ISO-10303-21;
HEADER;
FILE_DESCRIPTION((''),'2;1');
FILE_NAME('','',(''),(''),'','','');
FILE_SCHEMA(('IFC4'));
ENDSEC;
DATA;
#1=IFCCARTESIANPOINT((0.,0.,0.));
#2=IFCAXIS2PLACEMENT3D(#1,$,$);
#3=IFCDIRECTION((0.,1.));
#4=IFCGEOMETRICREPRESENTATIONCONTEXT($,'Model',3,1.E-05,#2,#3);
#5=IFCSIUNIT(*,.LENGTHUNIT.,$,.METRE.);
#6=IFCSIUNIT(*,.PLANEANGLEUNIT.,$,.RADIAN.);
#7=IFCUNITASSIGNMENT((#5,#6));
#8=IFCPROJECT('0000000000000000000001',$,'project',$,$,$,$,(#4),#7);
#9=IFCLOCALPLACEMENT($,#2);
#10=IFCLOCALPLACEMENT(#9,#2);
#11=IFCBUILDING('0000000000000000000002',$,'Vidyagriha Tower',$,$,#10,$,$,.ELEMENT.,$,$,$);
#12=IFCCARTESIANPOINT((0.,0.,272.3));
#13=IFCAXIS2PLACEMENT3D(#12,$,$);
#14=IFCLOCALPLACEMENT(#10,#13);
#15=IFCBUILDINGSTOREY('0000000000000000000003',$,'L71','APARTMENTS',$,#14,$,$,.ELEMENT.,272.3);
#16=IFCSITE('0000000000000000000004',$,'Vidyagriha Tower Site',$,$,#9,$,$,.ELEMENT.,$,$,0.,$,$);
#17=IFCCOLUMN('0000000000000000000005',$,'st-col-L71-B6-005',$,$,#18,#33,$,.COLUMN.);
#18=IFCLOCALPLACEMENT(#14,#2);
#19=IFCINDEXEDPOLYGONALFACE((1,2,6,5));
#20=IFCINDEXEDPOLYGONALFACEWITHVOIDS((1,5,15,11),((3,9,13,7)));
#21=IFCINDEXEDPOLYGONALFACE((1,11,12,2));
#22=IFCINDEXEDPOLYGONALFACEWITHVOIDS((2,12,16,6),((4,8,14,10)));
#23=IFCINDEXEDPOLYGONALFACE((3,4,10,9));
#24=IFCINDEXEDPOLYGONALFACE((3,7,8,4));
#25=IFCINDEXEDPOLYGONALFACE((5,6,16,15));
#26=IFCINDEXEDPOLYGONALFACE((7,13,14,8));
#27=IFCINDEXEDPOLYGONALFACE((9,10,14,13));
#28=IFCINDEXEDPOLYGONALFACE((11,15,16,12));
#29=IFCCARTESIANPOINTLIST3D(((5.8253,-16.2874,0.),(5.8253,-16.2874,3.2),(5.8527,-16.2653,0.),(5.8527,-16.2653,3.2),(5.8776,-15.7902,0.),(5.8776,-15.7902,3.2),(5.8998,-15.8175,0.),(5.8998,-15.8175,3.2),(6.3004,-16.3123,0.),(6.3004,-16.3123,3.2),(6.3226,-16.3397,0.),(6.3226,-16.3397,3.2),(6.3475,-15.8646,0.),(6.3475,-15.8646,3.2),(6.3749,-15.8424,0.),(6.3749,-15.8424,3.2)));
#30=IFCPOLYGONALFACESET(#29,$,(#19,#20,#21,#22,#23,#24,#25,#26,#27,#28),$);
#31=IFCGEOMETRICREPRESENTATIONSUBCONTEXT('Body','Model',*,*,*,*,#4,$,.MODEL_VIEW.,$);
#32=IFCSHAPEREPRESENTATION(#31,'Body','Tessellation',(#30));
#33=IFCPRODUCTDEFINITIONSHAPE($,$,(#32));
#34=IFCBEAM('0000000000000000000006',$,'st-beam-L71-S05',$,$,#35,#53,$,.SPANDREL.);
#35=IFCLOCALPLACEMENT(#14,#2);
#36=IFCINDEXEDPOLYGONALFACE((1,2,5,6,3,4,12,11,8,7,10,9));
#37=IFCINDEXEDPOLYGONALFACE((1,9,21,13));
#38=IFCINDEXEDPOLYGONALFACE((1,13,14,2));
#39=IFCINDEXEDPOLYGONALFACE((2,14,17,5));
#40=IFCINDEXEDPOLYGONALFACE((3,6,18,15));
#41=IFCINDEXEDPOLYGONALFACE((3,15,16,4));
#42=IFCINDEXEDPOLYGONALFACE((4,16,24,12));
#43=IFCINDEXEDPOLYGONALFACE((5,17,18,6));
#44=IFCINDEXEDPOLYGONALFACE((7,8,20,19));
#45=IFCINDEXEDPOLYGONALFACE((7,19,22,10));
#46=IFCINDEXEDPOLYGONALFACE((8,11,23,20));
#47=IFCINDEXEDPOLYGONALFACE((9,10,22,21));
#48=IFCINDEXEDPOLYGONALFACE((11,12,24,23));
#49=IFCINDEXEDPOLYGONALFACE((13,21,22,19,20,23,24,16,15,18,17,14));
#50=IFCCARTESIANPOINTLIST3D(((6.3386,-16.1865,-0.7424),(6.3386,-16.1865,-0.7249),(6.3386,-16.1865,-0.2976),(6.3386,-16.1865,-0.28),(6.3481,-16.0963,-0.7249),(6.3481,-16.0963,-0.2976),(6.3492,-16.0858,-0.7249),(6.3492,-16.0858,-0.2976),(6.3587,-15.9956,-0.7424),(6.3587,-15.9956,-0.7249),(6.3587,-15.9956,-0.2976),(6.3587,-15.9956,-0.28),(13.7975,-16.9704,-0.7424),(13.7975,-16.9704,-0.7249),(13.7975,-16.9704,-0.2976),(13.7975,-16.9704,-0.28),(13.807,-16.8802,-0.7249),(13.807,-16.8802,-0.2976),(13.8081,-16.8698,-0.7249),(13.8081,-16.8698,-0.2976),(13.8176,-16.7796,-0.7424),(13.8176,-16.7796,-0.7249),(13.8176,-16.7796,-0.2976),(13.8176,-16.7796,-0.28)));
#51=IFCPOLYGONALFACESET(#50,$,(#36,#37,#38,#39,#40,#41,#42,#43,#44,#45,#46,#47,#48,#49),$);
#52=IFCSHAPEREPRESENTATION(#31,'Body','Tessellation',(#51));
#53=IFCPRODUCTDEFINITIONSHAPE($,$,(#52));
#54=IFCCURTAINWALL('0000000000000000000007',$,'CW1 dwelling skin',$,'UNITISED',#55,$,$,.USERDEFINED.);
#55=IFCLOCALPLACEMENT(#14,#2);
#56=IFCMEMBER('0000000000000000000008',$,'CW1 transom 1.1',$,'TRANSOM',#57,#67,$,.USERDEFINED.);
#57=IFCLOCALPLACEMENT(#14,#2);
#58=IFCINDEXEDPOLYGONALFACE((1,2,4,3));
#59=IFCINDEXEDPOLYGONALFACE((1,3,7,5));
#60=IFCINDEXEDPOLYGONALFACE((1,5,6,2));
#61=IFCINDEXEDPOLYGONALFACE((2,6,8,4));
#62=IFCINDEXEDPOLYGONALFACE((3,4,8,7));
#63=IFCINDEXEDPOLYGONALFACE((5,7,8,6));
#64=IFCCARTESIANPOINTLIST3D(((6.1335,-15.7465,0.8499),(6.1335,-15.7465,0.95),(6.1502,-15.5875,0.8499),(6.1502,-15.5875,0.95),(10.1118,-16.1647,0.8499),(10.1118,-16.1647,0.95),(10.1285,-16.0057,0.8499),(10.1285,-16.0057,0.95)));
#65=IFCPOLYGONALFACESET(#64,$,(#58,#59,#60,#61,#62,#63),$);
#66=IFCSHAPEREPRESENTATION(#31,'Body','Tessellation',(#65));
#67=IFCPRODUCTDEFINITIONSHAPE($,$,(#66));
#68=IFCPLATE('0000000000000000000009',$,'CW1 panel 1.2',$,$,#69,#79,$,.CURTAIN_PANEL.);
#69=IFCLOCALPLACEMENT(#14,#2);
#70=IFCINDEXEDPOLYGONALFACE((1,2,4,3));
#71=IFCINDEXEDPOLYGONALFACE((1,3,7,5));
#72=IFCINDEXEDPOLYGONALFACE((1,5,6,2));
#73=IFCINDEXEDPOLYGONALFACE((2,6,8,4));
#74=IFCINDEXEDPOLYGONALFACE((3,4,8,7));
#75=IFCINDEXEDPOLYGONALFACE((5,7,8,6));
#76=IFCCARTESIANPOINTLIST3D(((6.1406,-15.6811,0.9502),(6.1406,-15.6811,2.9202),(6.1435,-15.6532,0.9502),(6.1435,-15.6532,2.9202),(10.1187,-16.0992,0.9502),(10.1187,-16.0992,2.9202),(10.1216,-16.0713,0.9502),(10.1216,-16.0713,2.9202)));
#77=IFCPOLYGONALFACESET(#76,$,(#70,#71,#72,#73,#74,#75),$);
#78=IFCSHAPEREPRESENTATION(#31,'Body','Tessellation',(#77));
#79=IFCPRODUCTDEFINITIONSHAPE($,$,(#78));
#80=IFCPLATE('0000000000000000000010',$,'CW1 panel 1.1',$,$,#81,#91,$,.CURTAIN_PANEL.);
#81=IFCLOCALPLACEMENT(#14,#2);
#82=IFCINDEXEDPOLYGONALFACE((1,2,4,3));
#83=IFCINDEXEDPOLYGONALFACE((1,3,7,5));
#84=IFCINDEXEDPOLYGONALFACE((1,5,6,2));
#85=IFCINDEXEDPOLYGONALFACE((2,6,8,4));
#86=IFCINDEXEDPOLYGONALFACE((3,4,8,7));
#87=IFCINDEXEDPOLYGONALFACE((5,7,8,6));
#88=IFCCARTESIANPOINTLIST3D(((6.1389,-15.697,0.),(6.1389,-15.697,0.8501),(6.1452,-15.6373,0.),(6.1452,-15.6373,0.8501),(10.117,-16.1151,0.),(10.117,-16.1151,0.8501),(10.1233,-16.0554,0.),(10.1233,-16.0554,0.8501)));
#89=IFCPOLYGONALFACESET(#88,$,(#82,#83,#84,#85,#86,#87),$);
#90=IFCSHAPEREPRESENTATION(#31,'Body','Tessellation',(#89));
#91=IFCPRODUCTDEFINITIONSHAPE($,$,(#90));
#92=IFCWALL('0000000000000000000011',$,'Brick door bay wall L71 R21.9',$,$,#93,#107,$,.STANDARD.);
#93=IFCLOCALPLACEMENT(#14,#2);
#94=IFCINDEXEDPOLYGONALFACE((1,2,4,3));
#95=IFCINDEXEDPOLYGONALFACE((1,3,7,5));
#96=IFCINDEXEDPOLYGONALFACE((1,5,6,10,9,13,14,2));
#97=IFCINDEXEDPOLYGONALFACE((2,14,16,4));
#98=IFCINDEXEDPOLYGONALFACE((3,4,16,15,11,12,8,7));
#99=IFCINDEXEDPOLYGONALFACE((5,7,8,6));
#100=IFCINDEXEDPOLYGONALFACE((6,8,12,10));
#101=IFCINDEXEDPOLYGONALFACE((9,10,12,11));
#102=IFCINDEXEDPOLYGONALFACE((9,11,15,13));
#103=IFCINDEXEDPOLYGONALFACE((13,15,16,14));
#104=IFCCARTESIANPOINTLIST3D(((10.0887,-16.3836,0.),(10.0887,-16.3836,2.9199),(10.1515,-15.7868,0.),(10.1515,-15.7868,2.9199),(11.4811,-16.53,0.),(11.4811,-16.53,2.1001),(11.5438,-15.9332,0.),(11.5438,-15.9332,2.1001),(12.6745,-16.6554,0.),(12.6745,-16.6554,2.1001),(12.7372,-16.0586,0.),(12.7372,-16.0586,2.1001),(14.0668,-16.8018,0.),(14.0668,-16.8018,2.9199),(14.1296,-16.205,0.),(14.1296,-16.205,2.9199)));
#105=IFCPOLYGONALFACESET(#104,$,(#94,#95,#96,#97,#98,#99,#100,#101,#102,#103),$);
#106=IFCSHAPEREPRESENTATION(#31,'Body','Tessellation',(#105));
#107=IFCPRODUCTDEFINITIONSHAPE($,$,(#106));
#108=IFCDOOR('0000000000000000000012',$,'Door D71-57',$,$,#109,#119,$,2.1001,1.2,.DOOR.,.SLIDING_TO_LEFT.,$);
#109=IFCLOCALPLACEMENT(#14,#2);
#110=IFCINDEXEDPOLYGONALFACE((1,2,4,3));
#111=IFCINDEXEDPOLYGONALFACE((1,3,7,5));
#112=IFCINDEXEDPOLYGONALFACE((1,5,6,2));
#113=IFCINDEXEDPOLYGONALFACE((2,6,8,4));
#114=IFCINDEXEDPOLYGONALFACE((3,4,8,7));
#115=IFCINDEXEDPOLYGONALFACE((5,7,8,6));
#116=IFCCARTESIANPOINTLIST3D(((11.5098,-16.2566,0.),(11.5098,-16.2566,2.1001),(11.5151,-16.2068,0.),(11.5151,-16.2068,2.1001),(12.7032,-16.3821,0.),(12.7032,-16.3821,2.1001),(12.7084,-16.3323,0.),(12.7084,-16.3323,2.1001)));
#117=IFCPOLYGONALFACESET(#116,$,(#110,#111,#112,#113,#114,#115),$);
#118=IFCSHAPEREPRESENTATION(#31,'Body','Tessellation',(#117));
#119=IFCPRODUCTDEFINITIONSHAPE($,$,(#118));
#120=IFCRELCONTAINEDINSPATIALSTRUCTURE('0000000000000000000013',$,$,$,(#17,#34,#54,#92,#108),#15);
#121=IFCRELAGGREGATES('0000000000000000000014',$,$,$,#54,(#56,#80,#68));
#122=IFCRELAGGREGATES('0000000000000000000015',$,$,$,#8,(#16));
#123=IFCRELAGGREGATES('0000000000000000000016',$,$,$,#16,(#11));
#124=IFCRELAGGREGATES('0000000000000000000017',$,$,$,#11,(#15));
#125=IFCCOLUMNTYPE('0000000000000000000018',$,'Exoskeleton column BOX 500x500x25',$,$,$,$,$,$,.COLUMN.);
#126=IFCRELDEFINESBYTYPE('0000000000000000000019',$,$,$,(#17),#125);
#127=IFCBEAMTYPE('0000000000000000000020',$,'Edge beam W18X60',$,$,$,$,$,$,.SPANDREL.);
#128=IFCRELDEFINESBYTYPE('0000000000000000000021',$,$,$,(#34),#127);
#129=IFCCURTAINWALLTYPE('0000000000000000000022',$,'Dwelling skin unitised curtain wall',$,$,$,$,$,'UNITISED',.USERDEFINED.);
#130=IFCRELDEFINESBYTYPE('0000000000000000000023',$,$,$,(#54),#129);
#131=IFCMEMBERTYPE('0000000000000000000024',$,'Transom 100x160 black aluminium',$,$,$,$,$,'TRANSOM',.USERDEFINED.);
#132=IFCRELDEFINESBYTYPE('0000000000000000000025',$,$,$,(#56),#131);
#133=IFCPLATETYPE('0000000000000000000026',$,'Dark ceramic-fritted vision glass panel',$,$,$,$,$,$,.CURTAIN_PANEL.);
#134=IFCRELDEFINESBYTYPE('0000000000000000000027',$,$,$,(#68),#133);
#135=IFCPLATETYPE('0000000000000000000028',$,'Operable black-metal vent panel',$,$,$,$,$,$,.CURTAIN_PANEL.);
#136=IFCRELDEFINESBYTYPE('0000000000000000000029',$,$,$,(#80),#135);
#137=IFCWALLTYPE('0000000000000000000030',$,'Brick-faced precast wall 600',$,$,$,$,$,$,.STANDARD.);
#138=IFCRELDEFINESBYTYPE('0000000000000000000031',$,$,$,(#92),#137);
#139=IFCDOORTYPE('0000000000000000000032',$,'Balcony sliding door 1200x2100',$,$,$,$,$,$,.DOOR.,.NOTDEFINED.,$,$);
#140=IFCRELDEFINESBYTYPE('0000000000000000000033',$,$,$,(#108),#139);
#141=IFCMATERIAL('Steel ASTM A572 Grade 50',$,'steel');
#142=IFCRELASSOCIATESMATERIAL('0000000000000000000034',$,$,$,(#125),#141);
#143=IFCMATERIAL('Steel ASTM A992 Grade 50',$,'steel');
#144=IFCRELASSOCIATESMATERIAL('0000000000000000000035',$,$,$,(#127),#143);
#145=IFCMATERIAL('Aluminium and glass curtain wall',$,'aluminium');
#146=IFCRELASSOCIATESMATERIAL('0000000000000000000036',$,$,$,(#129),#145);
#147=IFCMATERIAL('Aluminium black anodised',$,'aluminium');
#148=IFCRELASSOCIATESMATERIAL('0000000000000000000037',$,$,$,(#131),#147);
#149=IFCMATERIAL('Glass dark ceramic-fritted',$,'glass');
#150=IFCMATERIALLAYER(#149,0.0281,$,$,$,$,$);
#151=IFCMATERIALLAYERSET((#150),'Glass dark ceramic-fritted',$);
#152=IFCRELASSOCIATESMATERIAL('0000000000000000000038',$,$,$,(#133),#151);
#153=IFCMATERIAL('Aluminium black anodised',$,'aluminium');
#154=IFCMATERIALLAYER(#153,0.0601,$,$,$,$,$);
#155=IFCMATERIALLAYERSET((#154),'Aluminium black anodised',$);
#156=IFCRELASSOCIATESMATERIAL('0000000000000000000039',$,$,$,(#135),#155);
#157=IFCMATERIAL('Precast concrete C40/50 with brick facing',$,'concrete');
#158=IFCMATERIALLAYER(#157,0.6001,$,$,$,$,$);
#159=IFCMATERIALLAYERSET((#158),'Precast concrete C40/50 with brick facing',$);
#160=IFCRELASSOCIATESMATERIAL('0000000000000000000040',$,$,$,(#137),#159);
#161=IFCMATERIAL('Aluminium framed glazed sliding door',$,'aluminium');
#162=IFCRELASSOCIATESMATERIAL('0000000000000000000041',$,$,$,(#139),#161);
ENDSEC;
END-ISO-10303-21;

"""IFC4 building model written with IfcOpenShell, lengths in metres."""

from ifc_helpers import new_model, si_unit, direction, frame, frame_2d, origin, origin_2d, place, context, subcontext, project, spatial, rectangle, hollow_rectangle, i_section, extrude, material, layer, layer_set, material_profile, profile_set, type_object, element, fill, aggregate, save


model = new_model("IFC4")

# Units and contexts
model_context = context("Model", 3, precision=1e-05, world=origin(), true_north=direction((0.0, 1.0)))
body_context = subcontext(model_context, "Body", "Model", "MODEL_VIEW")
ifc_project = project(units=[si_unit("LENGTHUNIT", "METRE"), si_unit("PLANEANGLEUNIT", "RADIAN")], contexts=[model_context])

# Site, building, storey
site_placement = place(None, origin())
site = spatial("IfcSite", under=ifc_project, at=site_placement, Name="Vidyagriha Tower Site", CompositionType="ELEMENT", RefElevation=0.0)
building_placement = place(site_placement, origin())
building = spatial("IfcBuilding", under=site, at=building_placement, Name="Vidyagriha Tower", CompositionType="ELEMENT")
storey_placement = place(building_placement, frame((0.0, 0.0, 272.3)))
storey = spatial("IfcBuildingStorey", under=building, at=storey_placement, Name="L71", Description="APARTMENTS", CompositionType="ELEMENT", Elevation=272.3)

# Column
ifc_material_1 = material(Name="Steel ASTM A572 Grade 50", Category="steel")
ifc_material_profile_1 = material_profile(ifc_material_1, hollow_rectangle(XDim=0.5, YDim=0.5, WallThickness=0.0249, at=origin_2d()), Name="BOX 500x500x25")
ifc_profile_set_1 = profile_set([ifc_material_profile_1], Name="Steel ASTM A572 Grade 50")
column_type = type_object("IfcColumnType", Name="Exoskeleton column BOX 500x500x25", PredefinedType="COLUMN", material=ifc_profile_set_1)
column_placement = place(storey_placement, frame((6.1001, -16.0649, 0.0), z_axis=(0.0, 0.0, 1.0), x_axis=(0.994522, -0.104528, 0.0)))
element("IfcColumn", 1, at=column_placement, inside=storey, type_object=column_type, Name="st-col-L71-B6-005", PredefinedType="COLUMN", context=body_context, shape_type="SweptSolid", body=[
    extrude(hollow_rectangle(XDim=0.5, YDim=0.5, WallThickness=0.0249, at=origin_2d()), origin(), (0.0, 0.0, 1.0), 3.2),
])

# Beam
ifc_material_2 = material(Name="Steel ASTM A992 Grade 50", Category="steel")
ifc_material_profile_2 = material_profile(ifc_material_2, i_section(OverallWidth=0.1919, OverallDepth=0.4624, WebThickness=0.0105, FlangeThickness=0.0176, at=origin_2d()), Name="W18X60")
ifc_profile_set_2 = profile_set([ifc_material_profile_2], Name="Steel ASTM A992 Grade 50")
beam_type = type_object("IfcBeamType", Name="Edge beam W18X60", PredefinedType="SPANDREL", material=ifc_profile_set_2)
beam_placement = place(storey_placement, frame((6.3486, -16.0911, -0.5112), z_axis=(0.994522, -0.104524, 0.0), x_axis=(0.104524, 0.994522, 0.0)))
element("IfcBeam", 2, at=beam_placement, inside=storey, type_object=beam_type, Name="st-beam-L71-S05", PredefinedType="SPANDREL", context=body_context, shape_type="SweptSolid", body=[
    extrude(i_section(OverallWidth=0.1919, OverallDepth=0.4624, WebThickness=0.0105, FlangeThickness=0.0176, at=origin_2d()), origin(), (0.0, 0.0, 1.0), 7.5),
])

# Curtain wall, member, plates
ifc_material_3 = material(Name="Aluminium and glass curtain wall", Category="aluminium")
curtain_wall_type = type_object("IfcCurtainWallType", Name="Dwelling skin unitised curtain wall", ElementType="UNITISED", PredefinedType="USERDEFINED", material=ifc_material_3)
curtain_wall_placement = place(storey_placement, origin())
curtain_wall = element("IfcCurtainWall", 3, at=curtain_wall_placement, inside=storey, type_object=curtain_wall_type, Name="CW1 dwelling skin", ObjectType="UNITISED", PredefinedType="USERDEFINED")
ifc_material_4 = material(Name="Aluminium black anodised", Category="aluminium")
ifc_material_profile_3 = material_profile(ifc_material_4, rectangle(XDim=0.1599, YDim=0.1001, at=origin_2d()), Name="Transom 100x160 black aluminium")
ifc_profile_set_3 = profile_set([ifc_material_profile_3], Name="Aluminium black anodised")
member_type = type_object("IfcMemberType", Name="Transom 100x160 black aluminium", ElementType="TRANSOM", PredefinedType="USERDEFINED", material=ifc_profile_set_3)
member_placement = place(storey_placement, frame((6.1418, -15.667, 0.8999), z_axis=(0.99452, -0.104548, 0.0), x_axis=(0.104548, 0.99452, 0.0)))
member = element("IfcMember", 4, at=member_placement, type_object=member_type, Name="CW1 transom 1.1", ObjectType="TRANSOM", PredefinedType="USERDEFINED", context=body_context, shape_type="SweptSolid", body=[
    extrude(rectangle(XDim=0.1599, YDim=0.1001, at=origin_2d()), origin(), (0.0, 0.0, 1.0), 4.0002),
])
ifc_material_5 = material(Name="Glass dark ceramic-fritted", Category="glass")
ifc_layer_1 = layer(ifc_material_5, 0.0281)
ifc_layer_set_1 = layer_set([ifc_layer_1], Name="Glass dark ceramic-fritted")
plate_type_1 = type_object("IfcPlateType", Name="Dark ceramic-fritted vision glass panel", PredefinedType="CURTAIN_PANEL", material=ifc_layer_set_1)
plate_1_placement = place(storey_placement, frame((8.1311, -15.8762, 0.9502), z_axis=(0.0, 0.0, 1.0), x_axis=(0.994522, -0.104525, 0.0)))
plate_1 = element("IfcPlate", 5, at=plate_1_placement, type_object=plate_type_1, Name="CW1 panel 1.2", PredefinedType="CURTAIN_PANEL", context=body_context, shape_type="SweptSolid", body=[
    extrude(rectangle(XDim=4.0, YDim=0.0281, at=origin_2d()), origin(), (0.0, 0.0, 1.0), 1.97),
])
ifc_material_6 = material(Name="Aluminium black anodised", Category="aluminium")
ifc_layer_2 = layer(ifc_material_6, 0.0601)
ifc_layer_set_2 = layer_set([ifc_layer_2], Name="Aluminium black anodised")
plate_type_2 = type_object("IfcPlateType", Name="Operable black-metal vent panel", PredefinedType="CURTAIN_PANEL", material=ifc_layer_set_2)
plate_2_placement = place(storey_placement, frame((8.1311, -15.8762, 0.0), z_axis=(0.0, 0.0, 1.0), x_axis=(0.994522, -0.104525, 0.0)))
plate_2 = element("IfcPlate", 6, at=plate_2_placement, type_object=plate_type_2, Name="CW1 panel 1.1", PredefinedType="CURTAIN_PANEL", context=body_context, shape_type="SweptSolid", body=[
    extrude(rectangle(XDim=4.0, YDim=0.0601, at=origin_2d()), origin(), (0.0, 0.0, 1.0), 0.8501),
])
aggregate(curtain_wall, [member, plate_2, plate_1])

# Wall, opening, door
ifc_material_7 = material(Name="Precast concrete C40/50 with brick facing", Category="concrete")
ifc_layer_3 = layer(ifc_material_7, 0.6001)
ifc_layer_set_3 = layer_set([ifc_layer_3], Name="Precast concrete C40/50 with brick facing")
wall_type = type_object("IfcWallType", Name="Brick-faced precast wall 600", PredefinedType="STANDARD", material=ifc_layer_set_3)
wall_placement = place(storey_placement, frame((10.1201, -16.0852, 0.0), z_axis=(0.0, 0.0, 1.0), x_axis=(0.994519, -0.104555, 0.0)))
wall = element("IfcWall", 7, at=wall_placement, inside=storey, type_object=wall_type, Name="Brick door bay wall L71 R21.9", PredefinedType="STANDARD", context=body_context, shape_type="SweptSolid", body=[
    extrude(rectangle(XDim=4.0, YDim=0.6001, at=frame_2d((2.0, 0.0))), origin(), (0.0, 0.0, 1.0), 2.9199),
])
opening_placement = place(wall_placement, frame((1.3999, 0.0, 0.0)))
opening = element("IfcOpeningElement", 8, at=opening_placement, cuts=wall, PredefinedType="OPENING", context=body_context, shape_type="SweptSolid", body=[
    extrude(rectangle(XDim=1.2, YDim=2.1001, at=frame_2d((0.6001, 1.05))), frame((0.0, 0.3101, 0.0), z_axis=(0.0, -1.0, 0.0), x_axis=(1.0, 0.0, 0.0)), (0.0, 0.0, 1.0), 0.6201),
])
ifc_material_8 = material(Name="Aluminium framed glazed sliding door", Category="aluminium")
door_type = type_object("IfcDoorType", Name="Balcony sliding door 1200x2100", OperationType="NOTDEFINED", PredefinedType="DOOR", material=ifc_material_8)
door_placement = place(opening_placement, origin())
door = element("IfcDoor", 9, at=door_placement, inside=storey, type_object=door_type, Name="Door D71-57", OperationType="SLIDING_TO_LEFT", OverallHeight=2.1001, OverallWidth=1.2, PredefinedType="DOOR", context=body_context, shape_type="SweptSolid", body=[
    extrude(rectangle(XDim=1.2, YDim=2.1001, at=frame_2d((0.6001, 1.05))), frame((0.0, 0.0249, 0.0), z_axis=(0.0, -1.0, 0.0), x_axis=(1.0, 0.0, 0.0)), (0.0, 0.0, 1.0), 0.05),
])
fill(opening, door)

save(model, "model.ifc")
